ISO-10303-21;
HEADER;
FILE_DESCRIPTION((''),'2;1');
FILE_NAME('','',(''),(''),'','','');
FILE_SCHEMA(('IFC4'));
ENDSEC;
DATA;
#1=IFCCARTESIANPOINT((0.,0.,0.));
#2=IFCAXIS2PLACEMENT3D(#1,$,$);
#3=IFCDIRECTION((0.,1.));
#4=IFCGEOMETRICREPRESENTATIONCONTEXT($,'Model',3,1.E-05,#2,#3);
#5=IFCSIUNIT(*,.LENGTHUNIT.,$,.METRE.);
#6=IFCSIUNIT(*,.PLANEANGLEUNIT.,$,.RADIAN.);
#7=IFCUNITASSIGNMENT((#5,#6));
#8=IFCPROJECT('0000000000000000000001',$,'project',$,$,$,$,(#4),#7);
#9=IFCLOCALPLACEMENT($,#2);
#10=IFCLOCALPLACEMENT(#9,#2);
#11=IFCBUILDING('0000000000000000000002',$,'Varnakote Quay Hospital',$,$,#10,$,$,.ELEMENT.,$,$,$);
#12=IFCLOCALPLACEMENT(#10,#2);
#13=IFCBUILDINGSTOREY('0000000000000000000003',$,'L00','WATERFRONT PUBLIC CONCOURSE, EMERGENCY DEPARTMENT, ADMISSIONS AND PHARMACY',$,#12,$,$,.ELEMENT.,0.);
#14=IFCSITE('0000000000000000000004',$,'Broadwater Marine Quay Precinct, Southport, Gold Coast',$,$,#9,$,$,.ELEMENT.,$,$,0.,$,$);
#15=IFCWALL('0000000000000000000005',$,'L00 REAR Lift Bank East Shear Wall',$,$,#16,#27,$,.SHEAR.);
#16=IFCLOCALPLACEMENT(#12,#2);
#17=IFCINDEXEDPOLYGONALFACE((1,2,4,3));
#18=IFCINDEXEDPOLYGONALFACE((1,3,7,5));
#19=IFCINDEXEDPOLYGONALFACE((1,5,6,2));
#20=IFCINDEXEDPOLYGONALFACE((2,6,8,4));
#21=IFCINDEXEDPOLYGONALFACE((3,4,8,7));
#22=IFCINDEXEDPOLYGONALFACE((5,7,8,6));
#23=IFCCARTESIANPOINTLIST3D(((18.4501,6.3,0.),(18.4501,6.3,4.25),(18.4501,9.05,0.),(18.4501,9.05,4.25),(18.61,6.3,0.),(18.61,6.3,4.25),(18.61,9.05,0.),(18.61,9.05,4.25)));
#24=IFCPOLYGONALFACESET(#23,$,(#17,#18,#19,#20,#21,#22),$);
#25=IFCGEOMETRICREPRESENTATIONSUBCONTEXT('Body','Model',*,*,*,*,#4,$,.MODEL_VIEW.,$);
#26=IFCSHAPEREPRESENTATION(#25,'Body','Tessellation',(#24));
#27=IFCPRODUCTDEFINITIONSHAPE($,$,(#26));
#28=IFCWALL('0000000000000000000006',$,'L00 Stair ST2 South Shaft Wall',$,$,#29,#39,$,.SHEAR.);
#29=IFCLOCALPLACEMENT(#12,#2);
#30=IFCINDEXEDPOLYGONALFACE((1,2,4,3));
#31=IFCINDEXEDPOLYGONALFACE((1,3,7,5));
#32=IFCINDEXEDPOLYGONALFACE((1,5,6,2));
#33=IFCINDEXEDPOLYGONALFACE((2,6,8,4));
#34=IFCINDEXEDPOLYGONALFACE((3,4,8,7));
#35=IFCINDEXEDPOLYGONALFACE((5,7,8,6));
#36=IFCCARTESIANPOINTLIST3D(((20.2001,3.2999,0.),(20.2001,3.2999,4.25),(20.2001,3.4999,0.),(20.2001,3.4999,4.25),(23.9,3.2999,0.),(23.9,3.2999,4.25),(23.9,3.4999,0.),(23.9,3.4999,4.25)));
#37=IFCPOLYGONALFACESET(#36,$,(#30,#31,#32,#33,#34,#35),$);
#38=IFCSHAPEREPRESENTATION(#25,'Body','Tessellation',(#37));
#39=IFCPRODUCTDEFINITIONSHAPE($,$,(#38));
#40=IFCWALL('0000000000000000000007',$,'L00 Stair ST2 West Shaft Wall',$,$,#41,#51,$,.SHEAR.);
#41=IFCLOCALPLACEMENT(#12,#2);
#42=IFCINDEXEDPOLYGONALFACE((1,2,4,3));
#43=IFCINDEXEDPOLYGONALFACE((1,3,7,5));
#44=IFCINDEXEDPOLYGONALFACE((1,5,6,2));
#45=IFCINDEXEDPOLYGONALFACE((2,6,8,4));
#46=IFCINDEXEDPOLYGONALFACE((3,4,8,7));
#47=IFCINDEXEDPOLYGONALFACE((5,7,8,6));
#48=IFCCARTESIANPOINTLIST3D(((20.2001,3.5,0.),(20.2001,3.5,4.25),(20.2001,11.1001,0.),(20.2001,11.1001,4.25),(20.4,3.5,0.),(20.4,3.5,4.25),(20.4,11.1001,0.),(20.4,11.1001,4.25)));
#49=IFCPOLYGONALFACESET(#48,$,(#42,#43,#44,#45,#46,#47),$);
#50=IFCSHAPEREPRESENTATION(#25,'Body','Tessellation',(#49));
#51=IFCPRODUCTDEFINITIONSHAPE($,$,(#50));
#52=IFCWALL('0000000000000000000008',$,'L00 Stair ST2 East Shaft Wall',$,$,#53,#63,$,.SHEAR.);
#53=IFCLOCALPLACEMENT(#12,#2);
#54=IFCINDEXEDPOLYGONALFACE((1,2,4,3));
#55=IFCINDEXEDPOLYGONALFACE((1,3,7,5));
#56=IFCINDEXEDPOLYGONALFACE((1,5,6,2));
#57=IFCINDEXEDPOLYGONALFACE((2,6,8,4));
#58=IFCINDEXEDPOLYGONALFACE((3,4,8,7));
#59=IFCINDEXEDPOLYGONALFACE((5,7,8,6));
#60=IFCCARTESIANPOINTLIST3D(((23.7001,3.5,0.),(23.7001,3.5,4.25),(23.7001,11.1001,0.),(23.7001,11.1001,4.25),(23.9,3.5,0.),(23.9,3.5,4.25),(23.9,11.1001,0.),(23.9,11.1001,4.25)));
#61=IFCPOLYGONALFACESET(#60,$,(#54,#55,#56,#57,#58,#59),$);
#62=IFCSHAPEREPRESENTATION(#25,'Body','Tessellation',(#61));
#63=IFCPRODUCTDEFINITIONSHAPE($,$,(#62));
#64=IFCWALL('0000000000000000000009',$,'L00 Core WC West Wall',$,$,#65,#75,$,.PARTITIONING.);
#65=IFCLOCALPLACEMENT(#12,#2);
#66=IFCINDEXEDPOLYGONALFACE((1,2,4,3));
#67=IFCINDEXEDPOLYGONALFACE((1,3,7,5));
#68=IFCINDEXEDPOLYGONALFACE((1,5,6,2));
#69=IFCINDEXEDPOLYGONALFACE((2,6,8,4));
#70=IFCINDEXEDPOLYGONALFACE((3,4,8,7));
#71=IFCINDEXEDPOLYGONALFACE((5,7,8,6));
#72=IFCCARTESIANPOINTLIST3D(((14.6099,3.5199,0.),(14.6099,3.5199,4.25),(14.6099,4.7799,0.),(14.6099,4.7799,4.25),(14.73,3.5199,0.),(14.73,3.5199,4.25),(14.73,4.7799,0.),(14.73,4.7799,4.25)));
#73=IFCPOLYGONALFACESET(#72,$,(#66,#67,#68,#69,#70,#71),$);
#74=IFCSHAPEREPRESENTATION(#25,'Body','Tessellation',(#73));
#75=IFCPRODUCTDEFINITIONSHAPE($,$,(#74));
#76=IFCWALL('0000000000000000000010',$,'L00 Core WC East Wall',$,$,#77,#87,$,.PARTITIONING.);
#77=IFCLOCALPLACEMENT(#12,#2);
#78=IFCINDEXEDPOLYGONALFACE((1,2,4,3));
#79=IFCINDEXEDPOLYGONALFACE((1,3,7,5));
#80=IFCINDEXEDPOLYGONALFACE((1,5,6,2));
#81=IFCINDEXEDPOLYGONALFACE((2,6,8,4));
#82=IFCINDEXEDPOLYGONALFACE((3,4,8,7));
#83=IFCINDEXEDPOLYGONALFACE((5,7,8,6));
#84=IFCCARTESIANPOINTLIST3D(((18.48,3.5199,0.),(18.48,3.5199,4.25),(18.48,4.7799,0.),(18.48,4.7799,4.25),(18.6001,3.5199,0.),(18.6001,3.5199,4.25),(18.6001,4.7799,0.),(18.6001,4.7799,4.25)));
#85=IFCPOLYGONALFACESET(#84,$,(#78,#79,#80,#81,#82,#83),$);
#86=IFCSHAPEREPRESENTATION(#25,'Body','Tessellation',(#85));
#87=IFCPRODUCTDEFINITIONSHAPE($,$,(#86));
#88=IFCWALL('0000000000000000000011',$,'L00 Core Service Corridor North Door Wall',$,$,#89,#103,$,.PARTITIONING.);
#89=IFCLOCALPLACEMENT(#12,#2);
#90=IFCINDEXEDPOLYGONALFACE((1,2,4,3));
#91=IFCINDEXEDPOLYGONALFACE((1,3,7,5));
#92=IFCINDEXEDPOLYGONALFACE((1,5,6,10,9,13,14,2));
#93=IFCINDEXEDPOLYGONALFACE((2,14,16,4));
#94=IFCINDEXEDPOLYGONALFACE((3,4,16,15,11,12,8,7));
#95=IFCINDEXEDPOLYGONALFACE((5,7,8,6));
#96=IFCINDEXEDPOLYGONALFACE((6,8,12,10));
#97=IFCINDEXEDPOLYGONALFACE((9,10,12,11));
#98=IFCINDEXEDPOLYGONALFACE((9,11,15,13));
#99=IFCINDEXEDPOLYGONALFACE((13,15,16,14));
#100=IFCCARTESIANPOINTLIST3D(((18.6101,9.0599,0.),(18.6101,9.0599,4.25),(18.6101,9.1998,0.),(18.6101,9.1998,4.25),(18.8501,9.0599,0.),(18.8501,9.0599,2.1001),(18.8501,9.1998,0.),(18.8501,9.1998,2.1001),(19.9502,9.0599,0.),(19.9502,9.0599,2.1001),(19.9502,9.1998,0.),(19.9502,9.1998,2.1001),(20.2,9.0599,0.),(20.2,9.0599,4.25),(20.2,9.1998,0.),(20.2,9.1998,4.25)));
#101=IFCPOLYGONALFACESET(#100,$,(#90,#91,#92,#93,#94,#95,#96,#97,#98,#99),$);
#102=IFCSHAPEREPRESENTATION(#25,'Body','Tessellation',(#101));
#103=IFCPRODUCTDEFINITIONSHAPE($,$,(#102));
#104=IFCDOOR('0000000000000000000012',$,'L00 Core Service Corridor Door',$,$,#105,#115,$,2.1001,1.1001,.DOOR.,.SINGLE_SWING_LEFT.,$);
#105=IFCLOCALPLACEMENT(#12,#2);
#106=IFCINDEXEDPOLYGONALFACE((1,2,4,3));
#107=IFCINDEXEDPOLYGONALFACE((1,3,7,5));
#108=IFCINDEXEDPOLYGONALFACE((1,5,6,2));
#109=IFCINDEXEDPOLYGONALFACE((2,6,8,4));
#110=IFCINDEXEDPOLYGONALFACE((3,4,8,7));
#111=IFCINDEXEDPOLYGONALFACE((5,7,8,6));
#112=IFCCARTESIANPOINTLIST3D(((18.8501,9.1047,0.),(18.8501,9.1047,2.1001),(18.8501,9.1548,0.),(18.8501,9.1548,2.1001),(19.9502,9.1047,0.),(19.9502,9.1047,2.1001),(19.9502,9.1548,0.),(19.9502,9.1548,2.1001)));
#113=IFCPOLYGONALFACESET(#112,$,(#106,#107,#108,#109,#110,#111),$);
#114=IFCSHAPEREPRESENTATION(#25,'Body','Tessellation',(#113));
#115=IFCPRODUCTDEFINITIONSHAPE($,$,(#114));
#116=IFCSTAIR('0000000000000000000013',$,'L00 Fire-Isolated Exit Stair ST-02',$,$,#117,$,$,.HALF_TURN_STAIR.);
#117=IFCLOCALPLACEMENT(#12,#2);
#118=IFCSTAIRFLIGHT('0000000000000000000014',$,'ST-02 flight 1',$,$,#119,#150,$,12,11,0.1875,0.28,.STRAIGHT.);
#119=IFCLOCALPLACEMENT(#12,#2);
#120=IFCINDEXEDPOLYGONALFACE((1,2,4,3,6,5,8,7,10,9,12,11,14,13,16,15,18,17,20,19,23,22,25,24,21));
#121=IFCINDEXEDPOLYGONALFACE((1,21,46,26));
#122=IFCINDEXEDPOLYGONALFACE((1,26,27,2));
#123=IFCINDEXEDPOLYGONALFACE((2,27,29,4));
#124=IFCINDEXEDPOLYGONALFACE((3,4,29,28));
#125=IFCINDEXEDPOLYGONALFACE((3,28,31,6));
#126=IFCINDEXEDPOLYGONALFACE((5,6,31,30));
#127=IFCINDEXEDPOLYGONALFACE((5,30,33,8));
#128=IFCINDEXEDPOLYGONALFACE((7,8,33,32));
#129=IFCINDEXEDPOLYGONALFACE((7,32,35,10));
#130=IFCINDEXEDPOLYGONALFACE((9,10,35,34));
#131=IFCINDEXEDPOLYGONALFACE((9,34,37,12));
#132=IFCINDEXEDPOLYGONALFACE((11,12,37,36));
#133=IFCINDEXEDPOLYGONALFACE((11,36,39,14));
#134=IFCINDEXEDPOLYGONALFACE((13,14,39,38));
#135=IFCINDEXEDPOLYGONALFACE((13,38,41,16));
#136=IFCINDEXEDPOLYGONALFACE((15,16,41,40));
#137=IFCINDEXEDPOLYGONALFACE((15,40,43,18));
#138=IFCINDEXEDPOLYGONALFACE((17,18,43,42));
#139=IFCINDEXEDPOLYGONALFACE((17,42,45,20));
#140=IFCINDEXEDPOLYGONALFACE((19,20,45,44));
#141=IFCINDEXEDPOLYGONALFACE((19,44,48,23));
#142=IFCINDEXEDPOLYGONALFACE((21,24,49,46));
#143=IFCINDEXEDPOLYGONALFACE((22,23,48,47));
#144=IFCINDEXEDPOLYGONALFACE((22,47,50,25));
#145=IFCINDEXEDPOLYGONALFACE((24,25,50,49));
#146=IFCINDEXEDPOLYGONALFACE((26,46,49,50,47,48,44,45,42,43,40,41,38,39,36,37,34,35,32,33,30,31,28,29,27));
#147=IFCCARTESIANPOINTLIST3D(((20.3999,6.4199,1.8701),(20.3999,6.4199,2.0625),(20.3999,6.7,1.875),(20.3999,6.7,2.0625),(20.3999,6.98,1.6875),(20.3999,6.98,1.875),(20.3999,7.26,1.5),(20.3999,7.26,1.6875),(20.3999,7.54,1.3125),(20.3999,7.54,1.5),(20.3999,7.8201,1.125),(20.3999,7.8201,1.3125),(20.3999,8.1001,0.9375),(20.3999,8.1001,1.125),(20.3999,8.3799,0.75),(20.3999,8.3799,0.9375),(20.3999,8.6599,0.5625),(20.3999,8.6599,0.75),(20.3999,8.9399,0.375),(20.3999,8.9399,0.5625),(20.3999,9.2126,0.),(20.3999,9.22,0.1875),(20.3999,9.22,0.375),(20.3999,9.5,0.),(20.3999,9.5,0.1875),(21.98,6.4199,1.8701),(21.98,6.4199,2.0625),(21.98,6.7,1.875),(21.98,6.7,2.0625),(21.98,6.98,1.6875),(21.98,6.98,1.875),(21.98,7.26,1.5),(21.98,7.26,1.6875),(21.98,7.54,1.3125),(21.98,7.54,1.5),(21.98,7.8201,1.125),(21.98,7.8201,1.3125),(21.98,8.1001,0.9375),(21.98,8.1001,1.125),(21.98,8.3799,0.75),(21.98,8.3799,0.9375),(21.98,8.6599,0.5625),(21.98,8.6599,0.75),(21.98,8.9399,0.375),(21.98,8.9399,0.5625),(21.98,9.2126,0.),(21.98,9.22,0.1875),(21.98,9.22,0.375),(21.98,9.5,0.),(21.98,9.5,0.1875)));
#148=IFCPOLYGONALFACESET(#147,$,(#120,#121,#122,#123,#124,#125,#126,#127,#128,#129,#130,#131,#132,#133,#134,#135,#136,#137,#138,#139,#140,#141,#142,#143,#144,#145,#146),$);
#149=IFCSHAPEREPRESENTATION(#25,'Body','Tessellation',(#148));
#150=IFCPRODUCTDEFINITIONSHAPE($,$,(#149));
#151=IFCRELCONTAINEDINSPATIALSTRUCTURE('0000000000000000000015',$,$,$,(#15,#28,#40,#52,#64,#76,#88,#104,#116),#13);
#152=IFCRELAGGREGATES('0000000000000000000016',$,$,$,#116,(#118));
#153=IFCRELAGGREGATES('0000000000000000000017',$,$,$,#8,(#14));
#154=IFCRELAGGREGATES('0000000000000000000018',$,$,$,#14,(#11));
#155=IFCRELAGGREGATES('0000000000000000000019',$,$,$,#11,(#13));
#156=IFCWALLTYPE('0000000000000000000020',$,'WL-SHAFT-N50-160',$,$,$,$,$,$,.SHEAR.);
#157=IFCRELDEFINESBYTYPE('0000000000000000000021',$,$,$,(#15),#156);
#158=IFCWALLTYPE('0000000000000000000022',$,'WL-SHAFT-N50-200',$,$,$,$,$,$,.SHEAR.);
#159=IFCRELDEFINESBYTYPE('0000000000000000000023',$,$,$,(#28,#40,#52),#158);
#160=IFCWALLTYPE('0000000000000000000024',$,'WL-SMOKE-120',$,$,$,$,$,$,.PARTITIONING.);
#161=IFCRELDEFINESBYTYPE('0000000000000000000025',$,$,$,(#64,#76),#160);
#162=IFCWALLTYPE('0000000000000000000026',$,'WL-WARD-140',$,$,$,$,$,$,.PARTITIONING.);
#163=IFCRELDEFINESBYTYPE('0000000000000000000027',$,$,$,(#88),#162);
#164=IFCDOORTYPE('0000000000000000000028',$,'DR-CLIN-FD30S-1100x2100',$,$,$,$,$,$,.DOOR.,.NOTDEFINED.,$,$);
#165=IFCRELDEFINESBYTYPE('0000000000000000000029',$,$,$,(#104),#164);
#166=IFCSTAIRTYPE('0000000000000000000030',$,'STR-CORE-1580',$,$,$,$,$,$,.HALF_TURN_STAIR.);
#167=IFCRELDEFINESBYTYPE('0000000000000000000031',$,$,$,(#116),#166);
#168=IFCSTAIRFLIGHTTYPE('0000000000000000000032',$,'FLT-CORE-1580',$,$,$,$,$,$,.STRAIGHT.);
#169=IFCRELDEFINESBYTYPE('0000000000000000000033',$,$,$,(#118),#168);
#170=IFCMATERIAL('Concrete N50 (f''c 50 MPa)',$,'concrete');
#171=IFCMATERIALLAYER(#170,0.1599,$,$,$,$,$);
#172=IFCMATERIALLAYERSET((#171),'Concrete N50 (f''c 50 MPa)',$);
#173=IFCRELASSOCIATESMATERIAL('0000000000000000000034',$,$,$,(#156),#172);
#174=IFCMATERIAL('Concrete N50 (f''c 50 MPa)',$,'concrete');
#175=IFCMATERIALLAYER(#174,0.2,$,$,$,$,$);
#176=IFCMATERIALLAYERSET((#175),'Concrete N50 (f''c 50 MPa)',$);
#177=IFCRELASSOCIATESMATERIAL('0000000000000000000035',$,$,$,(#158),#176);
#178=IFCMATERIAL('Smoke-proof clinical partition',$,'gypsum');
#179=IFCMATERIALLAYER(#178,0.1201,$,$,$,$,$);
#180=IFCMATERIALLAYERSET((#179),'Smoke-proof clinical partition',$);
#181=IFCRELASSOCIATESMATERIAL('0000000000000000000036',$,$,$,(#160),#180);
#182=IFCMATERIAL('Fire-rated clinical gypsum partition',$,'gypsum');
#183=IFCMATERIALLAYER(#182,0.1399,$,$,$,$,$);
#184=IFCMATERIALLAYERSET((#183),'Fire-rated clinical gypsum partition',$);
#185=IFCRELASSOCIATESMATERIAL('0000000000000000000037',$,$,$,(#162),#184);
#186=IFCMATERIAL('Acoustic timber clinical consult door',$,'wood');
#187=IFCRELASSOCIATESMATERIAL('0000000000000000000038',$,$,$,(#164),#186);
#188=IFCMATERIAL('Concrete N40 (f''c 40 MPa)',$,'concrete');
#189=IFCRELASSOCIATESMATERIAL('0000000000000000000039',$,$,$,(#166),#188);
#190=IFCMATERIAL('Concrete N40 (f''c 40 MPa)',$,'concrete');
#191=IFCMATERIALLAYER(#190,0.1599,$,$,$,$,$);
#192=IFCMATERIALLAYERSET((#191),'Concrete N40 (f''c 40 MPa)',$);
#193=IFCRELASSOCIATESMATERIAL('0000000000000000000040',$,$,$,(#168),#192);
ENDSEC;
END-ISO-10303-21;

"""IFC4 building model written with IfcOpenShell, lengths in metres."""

from ifc_helpers import new_model, si_unit, direction, frame, frame_2d, origin, place, context, subcontext, project, spatial, polyline, rectangle, outline, extrude, material, layer, layer_set, type_object, element, fill, aggregate, save


model = new_model("IFC4")

# Units and contexts
model_context = context("Model", 3, precision=1e-05, world=origin(), true_north=direction((0.0, 1.0)))
body_context = subcontext(model_context, "Body", "Model", "MODEL_VIEW")
ifc_project = project(units=[si_unit("LENGTHUNIT", "METRE"), si_unit("PLANEANGLEUNIT", "RADIAN")], contexts=[model_context])

# Site, building, storey
site_placement = place(None, origin())
site = spatial("IfcSite", under=ifc_project, at=site_placement, Name="Broadwater Marine Quay Precinct, Southport, Gold Coast", CompositionType="ELEMENT", RefElevation=0.0)
building_placement = place(site_placement, origin())
building = spatial("IfcBuilding", under=site, at=building_placement, Name="Varnakote Quay Hospital", CompositionType="ELEMENT")
storey_placement = place(building_placement, origin())
storey = spatial("IfcBuildingStorey", under=building, at=storey_placement, Name="L00", Description="WATERFRONT PUBLIC CONCOURSE, EMERGENCY DEPARTMENT, ADMISSIONS AND PHARMACY", CompositionType="ELEMENT", Elevation=0.0)

# Wall
ifc_material_1 = material(Name="Concrete N50 (f'c 50 MPa)", Category="concrete")
ifc_layer_1 = layer(ifc_material_1, 0.1599)
ifc_layer_set_1 = layer_set([ifc_layer_1], Name="Concrete N50 (f'c 50 MPa)")
wall_type_1 = type_object("IfcWallType", Name="WL-SHAFT-N50-160", PredefinedType="SHEAR", material=ifc_layer_set_1)
wall_1_placement = place(storey_placement, frame((18.53, 6.3, 0.0), z_axis=(0.0, 0.0, 1.0), x_axis=(0.0, 1.0, 0.0)))
element("IfcWall", 1, at=wall_1_placement, inside=storey, type_object=wall_type_1, Name="L00 REAR Lift Bank East Shear Wall", PredefinedType="SHEAR", context=body_context, shape_type="SweptSolid", body=[
    extrude(rectangle(XDim=2.75, YDim=0.1599, at=frame_2d((1.375, 0.0))), origin(), (0.0, 0.0, 1.0), 4.25),
])

# Walls
ifc_material_2 = material(Name="Concrete N50 (f'c 50 MPa)", Category="concrete")
ifc_layer_2 = layer(ifc_material_2, 0.2)
ifc_layer_set_2 = layer_set([ifc_layer_2], Name="Concrete N50 (f'c 50 MPa)")
wall_type_2 = type_object("IfcWallType", Name="WL-SHAFT-N50-200", PredefinedType="SHEAR", material=ifc_layer_set_2)
wall_2_placement = place(storey_placement, frame((20.2, 3.3999, 0.0), z_axis=(0.0, 0.0, 1.0), x_axis=(1.0, 0.0, 0.0)))
element("IfcWall", 2, at=wall_2_placement, inside=storey, type_object=wall_type_2, Name="L00 Stair ST2 South Shaft Wall", PredefinedType="SHEAR", context=body_context, shape_type="SweptSolid", body=[
    extrude(rectangle(XDim=3.7, YDim=0.2, at=frame_2d((1.8501, 0.0))), origin(), (0.0, 0.0, 1.0), 4.25),
])
for number, where, z_axis, x_axis, name in (
    (3, (20.3, 3.5, 0.0), (0.0, 0.0, 1.0), (0.0, 1.0, 0.0), "L00 Stair ST2 West Shaft Wall"),
    (4, (23.8, 3.5, 0.0), (0.0, 0.0, 1.0), (0.0, 1.0, 0.0), "L00 Stair ST2 East Shaft Wall"),
):
    element("IfcWall", number, at=place(storey_placement, frame(where, z_axis=z_axis, x_axis=x_axis)), inside=storey, type_object=wall_type_2, Name=name, PredefinedType="SHEAR", context=body_context, shape_type="SweptSolid", body=[
        extrude(rectangle(XDim=7.6001, YDim=0.2, at=frame_2d((3.8, 0.0))), origin(), (0.0, 0.0, 1.0), 4.25),
    ])

# Walls
ifc_material_3 = material(Name="Smoke-proof clinical partition", Category="gypsum")
ifc_layer_3 = layer(ifc_material_3, 0.1201)
ifc_layer_set_3 = layer_set([ifc_layer_3], Name="Smoke-proof clinical partition")
wall_type_3 = type_object("IfcWallType", Name="WL-SMOKE-120", PredefinedType="PARTITIONING", material=ifc_layer_set_3)
for number, where, z_axis, x_axis, name in (
    (5, (14.6699, 3.52, 0.0), (0.0, 0.0, 1.0), (0.0, 1.0, 0.0), "L00 Core WC West Wall"),
    (6, (18.54, 3.52, 0.0), (0.0, 0.0, 1.0), (0.0, 1.0, 0.0), "L00 Core WC East Wall"),
):
    element("IfcWall", number, at=place(storey_placement, frame(where, z_axis=z_axis, x_axis=x_axis)), inside=storey, type_object=wall_type_3, Name=name, PredefinedType="PARTITIONING", context=body_context, shape_type="SweptSolid", body=[
        extrude(rectangle(XDim=1.26, YDim=0.1201, at=frame_2d((0.6299, 0.0))), origin(), (0.0, 0.0, 1.0), 4.25),
    ])

# Wall, opening, door
ifc_material_4 = material(Name="Fire-rated clinical gypsum partition", Category="gypsum")
ifc_layer_4 = layer(ifc_material_4, 0.1399)
ifc_layer_set_4 = layer_set([ifc_layer_4], Name="Fire-rated clinical gypsum partition")
wall_type_4 = type_object("IfcWallType", Name="WL-WARD-140", PredefinedType="PARTITIONING", material=ifc_layer_set_4)
wall_3_placement = place(storey_placement, frame((18.6101, 9.1299, 0.0), z_axis=(0.0, 0.0, 1.0), x_axis=(1.0, 0.0, 0.0)))
wall_3 = element("IfcWall", 7, at=wall_3_placement, inside=storey, type_object=wall_type_4, Name="L00 Core Service Corridor North Door Wall", PredefinedType="PARTITIONING", context=body_context, shape_type="SweptSolid", body=[
    extrude(rectangle(XDim=1.5898, YDim=0.1399, at=frame_2d((0.7949, 0.0))), origin(), (0.0, 0.0, 1.0), 4.25),
])
opening_1_placement = place(wall_3_placement, frame((0.24, 0.0, 0.0)))
opening_1 = element("IfcOpeningElement", 8, at=opening_1_placement, cuts=wall_3, PredefinedType="OPENING", context=body_context, shape_type="SweptSolid", body=[
    extrude(rectangle(XDim=1.1001, YDim=2.1001, at=frame_2d((0.55, 1.05))), frame((0.0, 0.0798, 0.0), z_axis=(0.0, -1.0, 0.0), x_axis=(1.0, 0.0, 0.0)), (0.0, 0.0, 1.0), 0.1599),
])
ifc_material_5 = material(Name="Acoustic timber clinical consult door", Category="wood")
door_type_1 = type_object("IfcDoorType", Name="DR-CLIN-FD30S-1100x2100", OperationType="NOTDEFINED", PredefinedType="DOOR", material=ifc_material_5)
door_1_placement = place(opening_1_placement, origin())
door_1 = element("IfcDoor", 9, at=door_1_placement, inside=storey, type_object=door_type_1, Name="L00 Core Service Corridor Door", OperationType="SINGLE_SWING_LEFT", OverallHeight=2.1001, OverallWidth=1.1001, PredefinedType="DOOR", context=body_context, shape_type="SweptSolid", body=[
    extrude(rectangle(XDim=1.1001, YDim=2.1001, at=frame_2d((0.55, 1.05))), frame((0.0, 0.0249, 0.0), z_axis=(0.0, -1.0, 0.0), x_axis=(1.0, 0.0, 0.0)), (0.0, 0.0, 1.0), 0.05),
])
fill(opening_1, door_1)

# Stair, stair flight
ifc_material_6 = material(Name="Concrete N40 (f'c 40 MPa)", Category="concrete")
stair_type = type_object("IfcStairType", Name="STR-CORE-1580", PredefinedType="HALF_TURN_STAIR", material=ifc_material_6)
stair_placement = place(storey_placement, origin())
stair = element("IfcStair", 10, at=stair_placement, inside=storey, type_object=stair_type, Name="L00 Fire-Isolated Exit Stair ST-02", PredefinedType="HALF_TURN_STAIR")
ifc_material_7 = material(Name="Concrete N40 (f'c 40 MPa)", Category="concrete")
ifc_layer_5 = layer(ifc_material_7, 0.1599)
ifc_layer_set_5 = layer_set([ifc_layer_5], Name="Concrete N40 (f'c 40 MPa)")
stair_flight_type = type_object("IfcStairFlightType", Name="FLT-CORE-1580", PredefinedType="STRAIGHT", material=ifc_layer_set_5)
stair_flight_1_placement = place(storey_placement, frame((21.1899, 9.5, 0.0), z_axis=(0.0, 0.0, 1.0), x_axis=(0.0, -1.0, 0.0)))
stair_flight_1 = element("IfcStairFlight", 11, at=stair_flight_1_placement, type_object=stair_flight_type, Name="ST-02 flight 1", NumberOfRisers=12, NumberOfTreads=11, PredefinedType="STRAIGHT", RiserHeight=0.1875, TreadLength=0.28, context=body_context, shape_type="SweptSolid", body=[
    extrude(outline(polyline([(0.0, 0.0), (0.0, 0.1875), (0.28, 0.1875), (0.28, 0.375), (0.5601, 0.375), (0.5601, 0.5625), (0.8401, 0.5625), (0.8401, 0.75), (1.1201, 0.75), (1.1201, 0.9375), (1.3999, 0.9375), (1.3999, 1.125), (1.6799, 1.125), (1.6799, 1.3125), (1.96, 1.3125), (1.96, 1.5), (2.24, 1.5), (2.24, 1.6875), (2.52, 1.6875), (2.52, 1.875), (2.8, 1.875), (2.8, 2.0625), (3.0801, 2.0625), (3.0801, 2.25), (3.0801, 1.8701), (0.2874, 0.0), (0.0, 0.0)])), frame((0.0, 0.79, 0.0), z_axis=(0.0, -1.0, 0.0), x_axis=(1.0, 0.0, 0.0)), (0.0, 0.0, 1.0), 1.5801),
])
aggregate(stair, [stair_flight_1])

save(model, "model.ifc")
